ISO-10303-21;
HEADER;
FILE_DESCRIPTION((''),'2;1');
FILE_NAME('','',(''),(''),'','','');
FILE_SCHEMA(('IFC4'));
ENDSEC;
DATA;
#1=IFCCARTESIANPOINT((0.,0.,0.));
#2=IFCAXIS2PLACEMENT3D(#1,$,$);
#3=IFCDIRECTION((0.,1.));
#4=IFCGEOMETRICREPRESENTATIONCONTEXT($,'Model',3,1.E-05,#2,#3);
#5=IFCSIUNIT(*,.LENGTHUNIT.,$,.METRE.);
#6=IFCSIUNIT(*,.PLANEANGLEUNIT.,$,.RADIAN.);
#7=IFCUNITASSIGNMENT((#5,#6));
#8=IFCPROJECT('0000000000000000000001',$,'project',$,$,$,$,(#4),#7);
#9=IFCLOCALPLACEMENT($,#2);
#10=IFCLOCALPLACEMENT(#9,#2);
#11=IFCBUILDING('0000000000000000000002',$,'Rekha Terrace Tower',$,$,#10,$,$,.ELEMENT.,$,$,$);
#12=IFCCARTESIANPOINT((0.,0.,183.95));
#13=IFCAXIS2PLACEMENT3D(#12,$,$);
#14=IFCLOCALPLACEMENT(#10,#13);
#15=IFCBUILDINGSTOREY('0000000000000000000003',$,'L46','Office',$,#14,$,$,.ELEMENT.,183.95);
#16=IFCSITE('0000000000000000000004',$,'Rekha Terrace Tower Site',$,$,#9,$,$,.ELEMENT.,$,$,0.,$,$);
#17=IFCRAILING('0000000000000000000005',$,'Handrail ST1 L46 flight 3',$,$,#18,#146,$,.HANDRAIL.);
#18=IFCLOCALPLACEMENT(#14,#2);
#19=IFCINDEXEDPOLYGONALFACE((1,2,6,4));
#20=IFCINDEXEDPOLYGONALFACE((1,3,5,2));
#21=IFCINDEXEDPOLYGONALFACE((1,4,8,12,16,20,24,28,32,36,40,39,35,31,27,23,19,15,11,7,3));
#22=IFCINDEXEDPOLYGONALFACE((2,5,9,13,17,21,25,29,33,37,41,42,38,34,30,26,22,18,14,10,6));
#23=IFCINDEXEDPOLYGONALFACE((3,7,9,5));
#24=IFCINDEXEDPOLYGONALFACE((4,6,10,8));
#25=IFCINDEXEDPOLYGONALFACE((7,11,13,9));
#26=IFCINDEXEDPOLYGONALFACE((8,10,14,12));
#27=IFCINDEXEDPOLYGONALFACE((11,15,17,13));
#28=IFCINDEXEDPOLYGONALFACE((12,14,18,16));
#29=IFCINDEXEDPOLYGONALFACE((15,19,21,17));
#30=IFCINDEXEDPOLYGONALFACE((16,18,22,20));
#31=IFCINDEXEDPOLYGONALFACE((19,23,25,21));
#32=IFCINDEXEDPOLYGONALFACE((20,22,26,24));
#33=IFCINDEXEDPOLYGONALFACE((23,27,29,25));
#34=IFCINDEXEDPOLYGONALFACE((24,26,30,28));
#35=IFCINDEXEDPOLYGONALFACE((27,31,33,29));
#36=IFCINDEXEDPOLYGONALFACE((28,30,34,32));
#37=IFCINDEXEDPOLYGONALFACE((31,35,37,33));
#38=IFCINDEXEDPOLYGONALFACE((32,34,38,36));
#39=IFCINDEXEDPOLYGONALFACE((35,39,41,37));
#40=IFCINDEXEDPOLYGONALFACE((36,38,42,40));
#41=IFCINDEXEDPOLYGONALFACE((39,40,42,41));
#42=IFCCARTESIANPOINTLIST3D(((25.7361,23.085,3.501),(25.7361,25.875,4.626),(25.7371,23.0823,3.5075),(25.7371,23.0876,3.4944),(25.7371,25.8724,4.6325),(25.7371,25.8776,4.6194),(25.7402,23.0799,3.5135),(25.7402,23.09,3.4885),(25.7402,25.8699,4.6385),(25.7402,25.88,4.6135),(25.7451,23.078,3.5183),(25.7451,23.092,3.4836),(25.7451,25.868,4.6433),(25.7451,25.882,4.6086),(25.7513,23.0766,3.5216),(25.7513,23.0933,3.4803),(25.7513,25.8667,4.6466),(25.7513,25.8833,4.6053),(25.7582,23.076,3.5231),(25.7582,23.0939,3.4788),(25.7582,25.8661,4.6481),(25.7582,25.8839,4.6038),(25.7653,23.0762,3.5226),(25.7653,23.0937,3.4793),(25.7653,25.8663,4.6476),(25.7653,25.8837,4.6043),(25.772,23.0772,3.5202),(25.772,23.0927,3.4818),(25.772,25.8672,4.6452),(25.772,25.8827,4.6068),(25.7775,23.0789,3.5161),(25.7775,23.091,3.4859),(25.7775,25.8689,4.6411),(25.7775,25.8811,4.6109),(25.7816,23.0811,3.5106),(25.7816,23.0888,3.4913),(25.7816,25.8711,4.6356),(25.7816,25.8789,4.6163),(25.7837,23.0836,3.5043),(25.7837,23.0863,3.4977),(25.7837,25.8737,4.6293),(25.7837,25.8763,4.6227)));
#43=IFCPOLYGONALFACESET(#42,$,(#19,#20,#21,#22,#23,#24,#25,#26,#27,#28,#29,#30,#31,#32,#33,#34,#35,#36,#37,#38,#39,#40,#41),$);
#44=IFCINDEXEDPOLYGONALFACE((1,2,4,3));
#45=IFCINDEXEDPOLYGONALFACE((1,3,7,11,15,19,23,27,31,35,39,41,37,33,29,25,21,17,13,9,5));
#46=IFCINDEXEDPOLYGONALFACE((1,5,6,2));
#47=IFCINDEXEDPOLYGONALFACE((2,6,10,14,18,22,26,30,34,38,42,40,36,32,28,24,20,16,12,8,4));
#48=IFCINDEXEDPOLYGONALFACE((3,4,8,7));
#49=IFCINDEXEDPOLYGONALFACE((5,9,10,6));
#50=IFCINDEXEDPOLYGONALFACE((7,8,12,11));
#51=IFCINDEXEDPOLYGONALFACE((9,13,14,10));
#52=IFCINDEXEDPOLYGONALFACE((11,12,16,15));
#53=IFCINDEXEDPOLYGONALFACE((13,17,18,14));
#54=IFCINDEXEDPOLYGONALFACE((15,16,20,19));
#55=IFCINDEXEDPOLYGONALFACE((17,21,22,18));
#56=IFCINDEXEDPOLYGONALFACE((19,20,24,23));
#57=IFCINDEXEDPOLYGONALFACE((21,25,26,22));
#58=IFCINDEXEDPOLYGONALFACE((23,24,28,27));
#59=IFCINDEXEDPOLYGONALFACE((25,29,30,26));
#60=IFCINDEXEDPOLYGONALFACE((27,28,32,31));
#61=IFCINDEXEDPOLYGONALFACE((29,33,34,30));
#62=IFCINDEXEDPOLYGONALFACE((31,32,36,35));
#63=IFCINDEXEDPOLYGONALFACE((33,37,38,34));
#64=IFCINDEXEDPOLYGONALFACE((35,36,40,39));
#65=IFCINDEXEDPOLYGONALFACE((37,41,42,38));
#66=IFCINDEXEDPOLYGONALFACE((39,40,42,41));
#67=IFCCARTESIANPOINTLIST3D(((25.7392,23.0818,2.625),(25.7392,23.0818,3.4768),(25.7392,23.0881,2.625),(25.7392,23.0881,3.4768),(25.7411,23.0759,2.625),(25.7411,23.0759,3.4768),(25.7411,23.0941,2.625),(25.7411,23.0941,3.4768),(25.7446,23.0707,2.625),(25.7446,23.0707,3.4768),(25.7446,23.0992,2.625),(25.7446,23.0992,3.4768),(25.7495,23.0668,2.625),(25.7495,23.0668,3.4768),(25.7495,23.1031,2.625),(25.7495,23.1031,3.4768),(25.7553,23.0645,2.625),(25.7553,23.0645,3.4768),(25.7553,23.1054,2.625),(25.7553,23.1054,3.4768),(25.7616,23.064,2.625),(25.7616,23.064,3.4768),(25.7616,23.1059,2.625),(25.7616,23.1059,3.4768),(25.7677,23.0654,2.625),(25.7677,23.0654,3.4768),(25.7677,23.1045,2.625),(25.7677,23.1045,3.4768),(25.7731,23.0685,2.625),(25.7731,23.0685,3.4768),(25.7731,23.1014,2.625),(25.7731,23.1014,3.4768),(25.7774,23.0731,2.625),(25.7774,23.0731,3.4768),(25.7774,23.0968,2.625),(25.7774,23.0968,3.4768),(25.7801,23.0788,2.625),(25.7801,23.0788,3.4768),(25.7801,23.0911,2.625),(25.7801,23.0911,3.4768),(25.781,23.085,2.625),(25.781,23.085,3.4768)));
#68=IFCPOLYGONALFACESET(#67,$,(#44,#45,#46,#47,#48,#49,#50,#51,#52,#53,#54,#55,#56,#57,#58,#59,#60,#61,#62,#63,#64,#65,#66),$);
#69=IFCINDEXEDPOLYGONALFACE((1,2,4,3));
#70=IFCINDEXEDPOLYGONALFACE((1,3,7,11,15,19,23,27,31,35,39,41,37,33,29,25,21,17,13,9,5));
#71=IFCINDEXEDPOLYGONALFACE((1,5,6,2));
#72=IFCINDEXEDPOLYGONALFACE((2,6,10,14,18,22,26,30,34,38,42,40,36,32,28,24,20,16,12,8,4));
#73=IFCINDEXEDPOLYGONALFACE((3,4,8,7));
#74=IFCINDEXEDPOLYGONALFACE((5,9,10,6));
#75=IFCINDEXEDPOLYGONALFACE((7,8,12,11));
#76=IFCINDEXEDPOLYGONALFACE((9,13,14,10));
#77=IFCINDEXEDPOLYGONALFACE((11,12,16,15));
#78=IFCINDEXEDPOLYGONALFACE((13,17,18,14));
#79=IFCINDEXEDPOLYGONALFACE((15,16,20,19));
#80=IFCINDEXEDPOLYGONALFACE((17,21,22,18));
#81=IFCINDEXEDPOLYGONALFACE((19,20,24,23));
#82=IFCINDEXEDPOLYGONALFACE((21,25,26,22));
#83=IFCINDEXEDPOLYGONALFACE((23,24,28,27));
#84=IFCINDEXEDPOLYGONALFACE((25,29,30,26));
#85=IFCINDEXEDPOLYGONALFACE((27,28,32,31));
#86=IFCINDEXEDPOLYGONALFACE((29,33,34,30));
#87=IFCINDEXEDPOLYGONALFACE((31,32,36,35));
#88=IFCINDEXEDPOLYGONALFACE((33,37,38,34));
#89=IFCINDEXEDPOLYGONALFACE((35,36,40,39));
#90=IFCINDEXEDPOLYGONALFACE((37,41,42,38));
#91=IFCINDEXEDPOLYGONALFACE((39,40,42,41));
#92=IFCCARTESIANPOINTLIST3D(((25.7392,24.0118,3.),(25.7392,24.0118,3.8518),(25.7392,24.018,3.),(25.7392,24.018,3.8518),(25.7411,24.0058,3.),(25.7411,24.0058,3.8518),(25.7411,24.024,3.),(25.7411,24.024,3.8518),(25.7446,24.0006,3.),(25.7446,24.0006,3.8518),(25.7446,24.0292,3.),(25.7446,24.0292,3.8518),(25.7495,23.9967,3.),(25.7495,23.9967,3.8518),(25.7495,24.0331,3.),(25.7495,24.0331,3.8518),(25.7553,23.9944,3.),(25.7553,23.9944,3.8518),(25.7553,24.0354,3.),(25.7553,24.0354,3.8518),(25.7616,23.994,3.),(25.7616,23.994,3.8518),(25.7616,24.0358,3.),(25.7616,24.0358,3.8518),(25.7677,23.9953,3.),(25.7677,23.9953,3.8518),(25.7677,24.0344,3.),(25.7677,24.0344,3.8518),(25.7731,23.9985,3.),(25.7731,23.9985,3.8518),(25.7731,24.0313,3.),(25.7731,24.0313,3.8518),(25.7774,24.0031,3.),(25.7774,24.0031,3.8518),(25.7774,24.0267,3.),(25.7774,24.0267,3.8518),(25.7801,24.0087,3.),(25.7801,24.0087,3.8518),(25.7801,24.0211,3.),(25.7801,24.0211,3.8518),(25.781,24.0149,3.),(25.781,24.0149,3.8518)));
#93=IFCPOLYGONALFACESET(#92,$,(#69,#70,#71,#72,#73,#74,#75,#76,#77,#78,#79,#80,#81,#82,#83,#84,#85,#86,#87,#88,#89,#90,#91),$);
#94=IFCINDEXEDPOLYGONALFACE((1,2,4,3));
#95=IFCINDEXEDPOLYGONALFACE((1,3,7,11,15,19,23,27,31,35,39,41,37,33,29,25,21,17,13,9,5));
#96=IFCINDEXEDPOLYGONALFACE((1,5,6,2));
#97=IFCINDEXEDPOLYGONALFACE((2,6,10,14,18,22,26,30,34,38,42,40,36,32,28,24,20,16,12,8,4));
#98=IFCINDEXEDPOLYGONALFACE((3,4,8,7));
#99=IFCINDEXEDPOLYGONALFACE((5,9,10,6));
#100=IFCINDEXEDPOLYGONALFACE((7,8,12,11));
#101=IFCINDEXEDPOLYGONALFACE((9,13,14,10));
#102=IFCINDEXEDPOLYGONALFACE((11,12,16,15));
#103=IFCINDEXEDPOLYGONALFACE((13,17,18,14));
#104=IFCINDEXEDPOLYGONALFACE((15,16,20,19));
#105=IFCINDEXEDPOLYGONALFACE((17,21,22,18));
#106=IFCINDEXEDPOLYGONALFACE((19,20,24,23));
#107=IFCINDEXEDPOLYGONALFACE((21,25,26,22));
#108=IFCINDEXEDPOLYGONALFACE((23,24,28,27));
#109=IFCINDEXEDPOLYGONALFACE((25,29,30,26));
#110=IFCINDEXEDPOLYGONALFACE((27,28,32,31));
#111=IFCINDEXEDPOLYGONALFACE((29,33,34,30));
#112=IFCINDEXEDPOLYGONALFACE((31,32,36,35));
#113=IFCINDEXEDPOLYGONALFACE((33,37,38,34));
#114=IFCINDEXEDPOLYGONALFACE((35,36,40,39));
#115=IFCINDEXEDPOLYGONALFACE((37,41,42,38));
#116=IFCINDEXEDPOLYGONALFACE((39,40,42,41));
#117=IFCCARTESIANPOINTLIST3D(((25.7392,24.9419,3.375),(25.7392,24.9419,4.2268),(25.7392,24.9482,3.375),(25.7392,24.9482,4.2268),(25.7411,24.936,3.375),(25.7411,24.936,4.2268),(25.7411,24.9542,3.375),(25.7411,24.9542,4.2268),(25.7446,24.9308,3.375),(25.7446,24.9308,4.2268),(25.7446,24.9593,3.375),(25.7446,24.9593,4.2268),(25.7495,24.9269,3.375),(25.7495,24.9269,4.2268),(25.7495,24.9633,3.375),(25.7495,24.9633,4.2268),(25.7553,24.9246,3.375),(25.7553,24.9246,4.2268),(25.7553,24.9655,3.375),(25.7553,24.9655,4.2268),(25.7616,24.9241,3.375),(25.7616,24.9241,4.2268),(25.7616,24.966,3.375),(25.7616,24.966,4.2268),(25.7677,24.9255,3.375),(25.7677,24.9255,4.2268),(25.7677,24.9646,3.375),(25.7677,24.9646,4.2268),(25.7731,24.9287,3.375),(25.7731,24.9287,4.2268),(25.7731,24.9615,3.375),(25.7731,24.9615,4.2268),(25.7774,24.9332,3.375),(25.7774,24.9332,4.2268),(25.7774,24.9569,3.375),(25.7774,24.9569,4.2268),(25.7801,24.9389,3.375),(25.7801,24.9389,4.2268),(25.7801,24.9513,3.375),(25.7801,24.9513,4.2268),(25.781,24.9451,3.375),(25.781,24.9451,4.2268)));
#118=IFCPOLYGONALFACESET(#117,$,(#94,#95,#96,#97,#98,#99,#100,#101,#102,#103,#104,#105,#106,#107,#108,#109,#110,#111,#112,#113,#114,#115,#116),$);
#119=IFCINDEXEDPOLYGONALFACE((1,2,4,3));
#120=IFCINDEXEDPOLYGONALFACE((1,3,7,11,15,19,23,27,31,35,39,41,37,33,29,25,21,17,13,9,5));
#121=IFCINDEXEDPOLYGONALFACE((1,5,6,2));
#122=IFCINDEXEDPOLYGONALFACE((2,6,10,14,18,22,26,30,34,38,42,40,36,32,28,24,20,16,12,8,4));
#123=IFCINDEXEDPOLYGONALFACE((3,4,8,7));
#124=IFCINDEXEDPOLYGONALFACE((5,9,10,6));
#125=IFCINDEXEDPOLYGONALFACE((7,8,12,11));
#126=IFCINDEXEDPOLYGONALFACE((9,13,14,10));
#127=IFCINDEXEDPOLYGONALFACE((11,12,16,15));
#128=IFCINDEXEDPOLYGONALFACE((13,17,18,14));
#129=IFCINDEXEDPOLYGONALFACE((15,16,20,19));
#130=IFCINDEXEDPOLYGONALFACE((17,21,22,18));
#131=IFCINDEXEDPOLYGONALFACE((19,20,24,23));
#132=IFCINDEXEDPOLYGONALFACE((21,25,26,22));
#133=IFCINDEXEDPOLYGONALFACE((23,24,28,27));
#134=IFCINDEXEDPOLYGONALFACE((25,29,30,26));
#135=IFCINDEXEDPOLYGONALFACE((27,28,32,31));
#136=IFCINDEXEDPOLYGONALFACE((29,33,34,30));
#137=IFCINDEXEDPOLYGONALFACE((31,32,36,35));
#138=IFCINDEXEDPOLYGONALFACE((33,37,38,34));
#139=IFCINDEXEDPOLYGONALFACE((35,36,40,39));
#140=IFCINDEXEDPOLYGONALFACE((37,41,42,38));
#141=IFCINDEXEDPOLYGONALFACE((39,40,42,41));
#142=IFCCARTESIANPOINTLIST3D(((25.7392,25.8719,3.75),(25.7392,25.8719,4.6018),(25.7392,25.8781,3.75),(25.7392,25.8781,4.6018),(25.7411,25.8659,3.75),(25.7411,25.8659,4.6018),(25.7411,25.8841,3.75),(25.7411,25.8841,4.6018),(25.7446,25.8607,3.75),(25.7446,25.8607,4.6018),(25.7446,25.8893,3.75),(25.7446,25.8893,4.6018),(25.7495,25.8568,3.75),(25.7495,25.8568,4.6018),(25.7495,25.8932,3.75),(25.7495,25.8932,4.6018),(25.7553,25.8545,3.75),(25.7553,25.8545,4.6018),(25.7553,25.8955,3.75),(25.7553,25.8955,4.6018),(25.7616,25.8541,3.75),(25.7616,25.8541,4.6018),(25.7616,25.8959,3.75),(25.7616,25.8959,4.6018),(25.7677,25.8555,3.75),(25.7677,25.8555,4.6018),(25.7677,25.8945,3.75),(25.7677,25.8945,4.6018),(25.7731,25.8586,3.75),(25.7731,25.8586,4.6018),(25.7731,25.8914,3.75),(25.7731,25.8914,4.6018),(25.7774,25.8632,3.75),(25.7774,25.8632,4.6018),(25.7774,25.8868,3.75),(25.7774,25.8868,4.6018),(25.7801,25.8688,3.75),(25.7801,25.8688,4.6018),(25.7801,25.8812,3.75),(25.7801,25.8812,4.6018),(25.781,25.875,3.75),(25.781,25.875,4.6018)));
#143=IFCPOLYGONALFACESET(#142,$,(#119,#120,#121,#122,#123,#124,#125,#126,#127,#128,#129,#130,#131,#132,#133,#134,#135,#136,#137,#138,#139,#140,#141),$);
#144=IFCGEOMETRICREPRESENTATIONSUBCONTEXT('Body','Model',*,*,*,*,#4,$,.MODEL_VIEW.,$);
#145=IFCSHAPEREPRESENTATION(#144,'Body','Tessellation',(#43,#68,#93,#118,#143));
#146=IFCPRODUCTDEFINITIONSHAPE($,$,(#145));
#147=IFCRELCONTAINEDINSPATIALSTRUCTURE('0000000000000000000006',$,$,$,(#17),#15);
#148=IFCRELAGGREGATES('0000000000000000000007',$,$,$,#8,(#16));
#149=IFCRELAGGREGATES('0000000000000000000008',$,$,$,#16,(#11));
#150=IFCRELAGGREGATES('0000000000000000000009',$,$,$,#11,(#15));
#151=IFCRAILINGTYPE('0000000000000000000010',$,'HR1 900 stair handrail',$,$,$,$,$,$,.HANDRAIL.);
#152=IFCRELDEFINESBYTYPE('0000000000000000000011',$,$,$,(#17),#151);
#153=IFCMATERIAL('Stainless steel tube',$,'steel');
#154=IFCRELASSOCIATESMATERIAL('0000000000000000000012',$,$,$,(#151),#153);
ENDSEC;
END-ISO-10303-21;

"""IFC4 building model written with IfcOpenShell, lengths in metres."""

from ifc_helpers import new_model, si_unit, direction, frame, origin, origin_2d, place, context, subcontext, project, spatial, circle, extrude, material, type_object, element, save


model = new_model("IFC4")

# Units and contexts
model_context = context("Model", 3, precision=1e-05, world=origin(), true_north=direction((0.0, 1.0)))
body_context = subcontext(model_context, "Body", "Model", "MODEL_VIEW")
ifc_project = project(units=[si_unit("LENGTHUNIT", "METRE"), si_unit("PLANEANGLEUNIT", "RADIAN")], contexts=[model_context])

# Site, building, storey
site_placement = place(None, origin())
site = spatial("IfcSite", under=ifc_project, at=site_placement, Name="Rekha Terrace Tower Site", CompositionType="ELEMENT", RefElevation=0.0)
building_placement = place(site_placement, origin())
building = spatial("IfcBuilding", under=site, at=building_placement, Name="Rekha Terrace Tower", CompositionType="ELEMENT")
storey_placement = place(building_placement, frame((0.0, 0.0, 183.95)))
storey = spatial("IfcBuildingStorey", under=building, at=storey_placement, Name="L46", Description="Office", CompositionType="ELEMENT", Elevation=183.95)

# Railing
ifc_material_1 = material(Name="Stainless steel tube", Category="steel")
railing_type_1 = type_object("IfcRailingType", Name="HR1 900 stair handrail", PredefinedType="HANDRAIL", material=ifc_material_1)
railing_1_placement = place(storey_placement, frame((25.76, 23.085, 2.625)))
element("IfcRailing", 1, at=railing_1_placement, inside=storey, type_object=railing_type_1, Name="Handrail ST1 L46 flight 3", PredefinedType="HANDRAIL", context=body_context, shape_type="SweptSolid", body=[
    extrude(circle(Radius=0.0239, at=origin_2d()), frame((0.0, 0.0, 0.876), z_axis=(0.0, 0.927443, 0.373964), x_axis=(-1.0, 0.0, 0.0)), (0.0, 0.0, 1.0), 3.0083),
    extrude(circle(Radius=0.021, at=origin_2d()), origin(), (0.0, 0.0, 1.0), 0.8518),
    extrude(circle(Radius=0.021, at=origin_2d()), frame((0.0, 0.9299, 0.375)), (0.0, 0.0, 1.0), 0.8518),
    extrude(circle(Radius=0.021, at=origin_2d()), frame((0.0, 1.8601, 0.75)), (0.0, 0.0, 1.0), 0.8518),
    extrude(circle(Radius=0.021, at=origin_2d()), frame((0.0, 2.79, 1.125)), (0.0, 0.0, 1.0), 0.8518),
])

save(model, "model.ifc")
